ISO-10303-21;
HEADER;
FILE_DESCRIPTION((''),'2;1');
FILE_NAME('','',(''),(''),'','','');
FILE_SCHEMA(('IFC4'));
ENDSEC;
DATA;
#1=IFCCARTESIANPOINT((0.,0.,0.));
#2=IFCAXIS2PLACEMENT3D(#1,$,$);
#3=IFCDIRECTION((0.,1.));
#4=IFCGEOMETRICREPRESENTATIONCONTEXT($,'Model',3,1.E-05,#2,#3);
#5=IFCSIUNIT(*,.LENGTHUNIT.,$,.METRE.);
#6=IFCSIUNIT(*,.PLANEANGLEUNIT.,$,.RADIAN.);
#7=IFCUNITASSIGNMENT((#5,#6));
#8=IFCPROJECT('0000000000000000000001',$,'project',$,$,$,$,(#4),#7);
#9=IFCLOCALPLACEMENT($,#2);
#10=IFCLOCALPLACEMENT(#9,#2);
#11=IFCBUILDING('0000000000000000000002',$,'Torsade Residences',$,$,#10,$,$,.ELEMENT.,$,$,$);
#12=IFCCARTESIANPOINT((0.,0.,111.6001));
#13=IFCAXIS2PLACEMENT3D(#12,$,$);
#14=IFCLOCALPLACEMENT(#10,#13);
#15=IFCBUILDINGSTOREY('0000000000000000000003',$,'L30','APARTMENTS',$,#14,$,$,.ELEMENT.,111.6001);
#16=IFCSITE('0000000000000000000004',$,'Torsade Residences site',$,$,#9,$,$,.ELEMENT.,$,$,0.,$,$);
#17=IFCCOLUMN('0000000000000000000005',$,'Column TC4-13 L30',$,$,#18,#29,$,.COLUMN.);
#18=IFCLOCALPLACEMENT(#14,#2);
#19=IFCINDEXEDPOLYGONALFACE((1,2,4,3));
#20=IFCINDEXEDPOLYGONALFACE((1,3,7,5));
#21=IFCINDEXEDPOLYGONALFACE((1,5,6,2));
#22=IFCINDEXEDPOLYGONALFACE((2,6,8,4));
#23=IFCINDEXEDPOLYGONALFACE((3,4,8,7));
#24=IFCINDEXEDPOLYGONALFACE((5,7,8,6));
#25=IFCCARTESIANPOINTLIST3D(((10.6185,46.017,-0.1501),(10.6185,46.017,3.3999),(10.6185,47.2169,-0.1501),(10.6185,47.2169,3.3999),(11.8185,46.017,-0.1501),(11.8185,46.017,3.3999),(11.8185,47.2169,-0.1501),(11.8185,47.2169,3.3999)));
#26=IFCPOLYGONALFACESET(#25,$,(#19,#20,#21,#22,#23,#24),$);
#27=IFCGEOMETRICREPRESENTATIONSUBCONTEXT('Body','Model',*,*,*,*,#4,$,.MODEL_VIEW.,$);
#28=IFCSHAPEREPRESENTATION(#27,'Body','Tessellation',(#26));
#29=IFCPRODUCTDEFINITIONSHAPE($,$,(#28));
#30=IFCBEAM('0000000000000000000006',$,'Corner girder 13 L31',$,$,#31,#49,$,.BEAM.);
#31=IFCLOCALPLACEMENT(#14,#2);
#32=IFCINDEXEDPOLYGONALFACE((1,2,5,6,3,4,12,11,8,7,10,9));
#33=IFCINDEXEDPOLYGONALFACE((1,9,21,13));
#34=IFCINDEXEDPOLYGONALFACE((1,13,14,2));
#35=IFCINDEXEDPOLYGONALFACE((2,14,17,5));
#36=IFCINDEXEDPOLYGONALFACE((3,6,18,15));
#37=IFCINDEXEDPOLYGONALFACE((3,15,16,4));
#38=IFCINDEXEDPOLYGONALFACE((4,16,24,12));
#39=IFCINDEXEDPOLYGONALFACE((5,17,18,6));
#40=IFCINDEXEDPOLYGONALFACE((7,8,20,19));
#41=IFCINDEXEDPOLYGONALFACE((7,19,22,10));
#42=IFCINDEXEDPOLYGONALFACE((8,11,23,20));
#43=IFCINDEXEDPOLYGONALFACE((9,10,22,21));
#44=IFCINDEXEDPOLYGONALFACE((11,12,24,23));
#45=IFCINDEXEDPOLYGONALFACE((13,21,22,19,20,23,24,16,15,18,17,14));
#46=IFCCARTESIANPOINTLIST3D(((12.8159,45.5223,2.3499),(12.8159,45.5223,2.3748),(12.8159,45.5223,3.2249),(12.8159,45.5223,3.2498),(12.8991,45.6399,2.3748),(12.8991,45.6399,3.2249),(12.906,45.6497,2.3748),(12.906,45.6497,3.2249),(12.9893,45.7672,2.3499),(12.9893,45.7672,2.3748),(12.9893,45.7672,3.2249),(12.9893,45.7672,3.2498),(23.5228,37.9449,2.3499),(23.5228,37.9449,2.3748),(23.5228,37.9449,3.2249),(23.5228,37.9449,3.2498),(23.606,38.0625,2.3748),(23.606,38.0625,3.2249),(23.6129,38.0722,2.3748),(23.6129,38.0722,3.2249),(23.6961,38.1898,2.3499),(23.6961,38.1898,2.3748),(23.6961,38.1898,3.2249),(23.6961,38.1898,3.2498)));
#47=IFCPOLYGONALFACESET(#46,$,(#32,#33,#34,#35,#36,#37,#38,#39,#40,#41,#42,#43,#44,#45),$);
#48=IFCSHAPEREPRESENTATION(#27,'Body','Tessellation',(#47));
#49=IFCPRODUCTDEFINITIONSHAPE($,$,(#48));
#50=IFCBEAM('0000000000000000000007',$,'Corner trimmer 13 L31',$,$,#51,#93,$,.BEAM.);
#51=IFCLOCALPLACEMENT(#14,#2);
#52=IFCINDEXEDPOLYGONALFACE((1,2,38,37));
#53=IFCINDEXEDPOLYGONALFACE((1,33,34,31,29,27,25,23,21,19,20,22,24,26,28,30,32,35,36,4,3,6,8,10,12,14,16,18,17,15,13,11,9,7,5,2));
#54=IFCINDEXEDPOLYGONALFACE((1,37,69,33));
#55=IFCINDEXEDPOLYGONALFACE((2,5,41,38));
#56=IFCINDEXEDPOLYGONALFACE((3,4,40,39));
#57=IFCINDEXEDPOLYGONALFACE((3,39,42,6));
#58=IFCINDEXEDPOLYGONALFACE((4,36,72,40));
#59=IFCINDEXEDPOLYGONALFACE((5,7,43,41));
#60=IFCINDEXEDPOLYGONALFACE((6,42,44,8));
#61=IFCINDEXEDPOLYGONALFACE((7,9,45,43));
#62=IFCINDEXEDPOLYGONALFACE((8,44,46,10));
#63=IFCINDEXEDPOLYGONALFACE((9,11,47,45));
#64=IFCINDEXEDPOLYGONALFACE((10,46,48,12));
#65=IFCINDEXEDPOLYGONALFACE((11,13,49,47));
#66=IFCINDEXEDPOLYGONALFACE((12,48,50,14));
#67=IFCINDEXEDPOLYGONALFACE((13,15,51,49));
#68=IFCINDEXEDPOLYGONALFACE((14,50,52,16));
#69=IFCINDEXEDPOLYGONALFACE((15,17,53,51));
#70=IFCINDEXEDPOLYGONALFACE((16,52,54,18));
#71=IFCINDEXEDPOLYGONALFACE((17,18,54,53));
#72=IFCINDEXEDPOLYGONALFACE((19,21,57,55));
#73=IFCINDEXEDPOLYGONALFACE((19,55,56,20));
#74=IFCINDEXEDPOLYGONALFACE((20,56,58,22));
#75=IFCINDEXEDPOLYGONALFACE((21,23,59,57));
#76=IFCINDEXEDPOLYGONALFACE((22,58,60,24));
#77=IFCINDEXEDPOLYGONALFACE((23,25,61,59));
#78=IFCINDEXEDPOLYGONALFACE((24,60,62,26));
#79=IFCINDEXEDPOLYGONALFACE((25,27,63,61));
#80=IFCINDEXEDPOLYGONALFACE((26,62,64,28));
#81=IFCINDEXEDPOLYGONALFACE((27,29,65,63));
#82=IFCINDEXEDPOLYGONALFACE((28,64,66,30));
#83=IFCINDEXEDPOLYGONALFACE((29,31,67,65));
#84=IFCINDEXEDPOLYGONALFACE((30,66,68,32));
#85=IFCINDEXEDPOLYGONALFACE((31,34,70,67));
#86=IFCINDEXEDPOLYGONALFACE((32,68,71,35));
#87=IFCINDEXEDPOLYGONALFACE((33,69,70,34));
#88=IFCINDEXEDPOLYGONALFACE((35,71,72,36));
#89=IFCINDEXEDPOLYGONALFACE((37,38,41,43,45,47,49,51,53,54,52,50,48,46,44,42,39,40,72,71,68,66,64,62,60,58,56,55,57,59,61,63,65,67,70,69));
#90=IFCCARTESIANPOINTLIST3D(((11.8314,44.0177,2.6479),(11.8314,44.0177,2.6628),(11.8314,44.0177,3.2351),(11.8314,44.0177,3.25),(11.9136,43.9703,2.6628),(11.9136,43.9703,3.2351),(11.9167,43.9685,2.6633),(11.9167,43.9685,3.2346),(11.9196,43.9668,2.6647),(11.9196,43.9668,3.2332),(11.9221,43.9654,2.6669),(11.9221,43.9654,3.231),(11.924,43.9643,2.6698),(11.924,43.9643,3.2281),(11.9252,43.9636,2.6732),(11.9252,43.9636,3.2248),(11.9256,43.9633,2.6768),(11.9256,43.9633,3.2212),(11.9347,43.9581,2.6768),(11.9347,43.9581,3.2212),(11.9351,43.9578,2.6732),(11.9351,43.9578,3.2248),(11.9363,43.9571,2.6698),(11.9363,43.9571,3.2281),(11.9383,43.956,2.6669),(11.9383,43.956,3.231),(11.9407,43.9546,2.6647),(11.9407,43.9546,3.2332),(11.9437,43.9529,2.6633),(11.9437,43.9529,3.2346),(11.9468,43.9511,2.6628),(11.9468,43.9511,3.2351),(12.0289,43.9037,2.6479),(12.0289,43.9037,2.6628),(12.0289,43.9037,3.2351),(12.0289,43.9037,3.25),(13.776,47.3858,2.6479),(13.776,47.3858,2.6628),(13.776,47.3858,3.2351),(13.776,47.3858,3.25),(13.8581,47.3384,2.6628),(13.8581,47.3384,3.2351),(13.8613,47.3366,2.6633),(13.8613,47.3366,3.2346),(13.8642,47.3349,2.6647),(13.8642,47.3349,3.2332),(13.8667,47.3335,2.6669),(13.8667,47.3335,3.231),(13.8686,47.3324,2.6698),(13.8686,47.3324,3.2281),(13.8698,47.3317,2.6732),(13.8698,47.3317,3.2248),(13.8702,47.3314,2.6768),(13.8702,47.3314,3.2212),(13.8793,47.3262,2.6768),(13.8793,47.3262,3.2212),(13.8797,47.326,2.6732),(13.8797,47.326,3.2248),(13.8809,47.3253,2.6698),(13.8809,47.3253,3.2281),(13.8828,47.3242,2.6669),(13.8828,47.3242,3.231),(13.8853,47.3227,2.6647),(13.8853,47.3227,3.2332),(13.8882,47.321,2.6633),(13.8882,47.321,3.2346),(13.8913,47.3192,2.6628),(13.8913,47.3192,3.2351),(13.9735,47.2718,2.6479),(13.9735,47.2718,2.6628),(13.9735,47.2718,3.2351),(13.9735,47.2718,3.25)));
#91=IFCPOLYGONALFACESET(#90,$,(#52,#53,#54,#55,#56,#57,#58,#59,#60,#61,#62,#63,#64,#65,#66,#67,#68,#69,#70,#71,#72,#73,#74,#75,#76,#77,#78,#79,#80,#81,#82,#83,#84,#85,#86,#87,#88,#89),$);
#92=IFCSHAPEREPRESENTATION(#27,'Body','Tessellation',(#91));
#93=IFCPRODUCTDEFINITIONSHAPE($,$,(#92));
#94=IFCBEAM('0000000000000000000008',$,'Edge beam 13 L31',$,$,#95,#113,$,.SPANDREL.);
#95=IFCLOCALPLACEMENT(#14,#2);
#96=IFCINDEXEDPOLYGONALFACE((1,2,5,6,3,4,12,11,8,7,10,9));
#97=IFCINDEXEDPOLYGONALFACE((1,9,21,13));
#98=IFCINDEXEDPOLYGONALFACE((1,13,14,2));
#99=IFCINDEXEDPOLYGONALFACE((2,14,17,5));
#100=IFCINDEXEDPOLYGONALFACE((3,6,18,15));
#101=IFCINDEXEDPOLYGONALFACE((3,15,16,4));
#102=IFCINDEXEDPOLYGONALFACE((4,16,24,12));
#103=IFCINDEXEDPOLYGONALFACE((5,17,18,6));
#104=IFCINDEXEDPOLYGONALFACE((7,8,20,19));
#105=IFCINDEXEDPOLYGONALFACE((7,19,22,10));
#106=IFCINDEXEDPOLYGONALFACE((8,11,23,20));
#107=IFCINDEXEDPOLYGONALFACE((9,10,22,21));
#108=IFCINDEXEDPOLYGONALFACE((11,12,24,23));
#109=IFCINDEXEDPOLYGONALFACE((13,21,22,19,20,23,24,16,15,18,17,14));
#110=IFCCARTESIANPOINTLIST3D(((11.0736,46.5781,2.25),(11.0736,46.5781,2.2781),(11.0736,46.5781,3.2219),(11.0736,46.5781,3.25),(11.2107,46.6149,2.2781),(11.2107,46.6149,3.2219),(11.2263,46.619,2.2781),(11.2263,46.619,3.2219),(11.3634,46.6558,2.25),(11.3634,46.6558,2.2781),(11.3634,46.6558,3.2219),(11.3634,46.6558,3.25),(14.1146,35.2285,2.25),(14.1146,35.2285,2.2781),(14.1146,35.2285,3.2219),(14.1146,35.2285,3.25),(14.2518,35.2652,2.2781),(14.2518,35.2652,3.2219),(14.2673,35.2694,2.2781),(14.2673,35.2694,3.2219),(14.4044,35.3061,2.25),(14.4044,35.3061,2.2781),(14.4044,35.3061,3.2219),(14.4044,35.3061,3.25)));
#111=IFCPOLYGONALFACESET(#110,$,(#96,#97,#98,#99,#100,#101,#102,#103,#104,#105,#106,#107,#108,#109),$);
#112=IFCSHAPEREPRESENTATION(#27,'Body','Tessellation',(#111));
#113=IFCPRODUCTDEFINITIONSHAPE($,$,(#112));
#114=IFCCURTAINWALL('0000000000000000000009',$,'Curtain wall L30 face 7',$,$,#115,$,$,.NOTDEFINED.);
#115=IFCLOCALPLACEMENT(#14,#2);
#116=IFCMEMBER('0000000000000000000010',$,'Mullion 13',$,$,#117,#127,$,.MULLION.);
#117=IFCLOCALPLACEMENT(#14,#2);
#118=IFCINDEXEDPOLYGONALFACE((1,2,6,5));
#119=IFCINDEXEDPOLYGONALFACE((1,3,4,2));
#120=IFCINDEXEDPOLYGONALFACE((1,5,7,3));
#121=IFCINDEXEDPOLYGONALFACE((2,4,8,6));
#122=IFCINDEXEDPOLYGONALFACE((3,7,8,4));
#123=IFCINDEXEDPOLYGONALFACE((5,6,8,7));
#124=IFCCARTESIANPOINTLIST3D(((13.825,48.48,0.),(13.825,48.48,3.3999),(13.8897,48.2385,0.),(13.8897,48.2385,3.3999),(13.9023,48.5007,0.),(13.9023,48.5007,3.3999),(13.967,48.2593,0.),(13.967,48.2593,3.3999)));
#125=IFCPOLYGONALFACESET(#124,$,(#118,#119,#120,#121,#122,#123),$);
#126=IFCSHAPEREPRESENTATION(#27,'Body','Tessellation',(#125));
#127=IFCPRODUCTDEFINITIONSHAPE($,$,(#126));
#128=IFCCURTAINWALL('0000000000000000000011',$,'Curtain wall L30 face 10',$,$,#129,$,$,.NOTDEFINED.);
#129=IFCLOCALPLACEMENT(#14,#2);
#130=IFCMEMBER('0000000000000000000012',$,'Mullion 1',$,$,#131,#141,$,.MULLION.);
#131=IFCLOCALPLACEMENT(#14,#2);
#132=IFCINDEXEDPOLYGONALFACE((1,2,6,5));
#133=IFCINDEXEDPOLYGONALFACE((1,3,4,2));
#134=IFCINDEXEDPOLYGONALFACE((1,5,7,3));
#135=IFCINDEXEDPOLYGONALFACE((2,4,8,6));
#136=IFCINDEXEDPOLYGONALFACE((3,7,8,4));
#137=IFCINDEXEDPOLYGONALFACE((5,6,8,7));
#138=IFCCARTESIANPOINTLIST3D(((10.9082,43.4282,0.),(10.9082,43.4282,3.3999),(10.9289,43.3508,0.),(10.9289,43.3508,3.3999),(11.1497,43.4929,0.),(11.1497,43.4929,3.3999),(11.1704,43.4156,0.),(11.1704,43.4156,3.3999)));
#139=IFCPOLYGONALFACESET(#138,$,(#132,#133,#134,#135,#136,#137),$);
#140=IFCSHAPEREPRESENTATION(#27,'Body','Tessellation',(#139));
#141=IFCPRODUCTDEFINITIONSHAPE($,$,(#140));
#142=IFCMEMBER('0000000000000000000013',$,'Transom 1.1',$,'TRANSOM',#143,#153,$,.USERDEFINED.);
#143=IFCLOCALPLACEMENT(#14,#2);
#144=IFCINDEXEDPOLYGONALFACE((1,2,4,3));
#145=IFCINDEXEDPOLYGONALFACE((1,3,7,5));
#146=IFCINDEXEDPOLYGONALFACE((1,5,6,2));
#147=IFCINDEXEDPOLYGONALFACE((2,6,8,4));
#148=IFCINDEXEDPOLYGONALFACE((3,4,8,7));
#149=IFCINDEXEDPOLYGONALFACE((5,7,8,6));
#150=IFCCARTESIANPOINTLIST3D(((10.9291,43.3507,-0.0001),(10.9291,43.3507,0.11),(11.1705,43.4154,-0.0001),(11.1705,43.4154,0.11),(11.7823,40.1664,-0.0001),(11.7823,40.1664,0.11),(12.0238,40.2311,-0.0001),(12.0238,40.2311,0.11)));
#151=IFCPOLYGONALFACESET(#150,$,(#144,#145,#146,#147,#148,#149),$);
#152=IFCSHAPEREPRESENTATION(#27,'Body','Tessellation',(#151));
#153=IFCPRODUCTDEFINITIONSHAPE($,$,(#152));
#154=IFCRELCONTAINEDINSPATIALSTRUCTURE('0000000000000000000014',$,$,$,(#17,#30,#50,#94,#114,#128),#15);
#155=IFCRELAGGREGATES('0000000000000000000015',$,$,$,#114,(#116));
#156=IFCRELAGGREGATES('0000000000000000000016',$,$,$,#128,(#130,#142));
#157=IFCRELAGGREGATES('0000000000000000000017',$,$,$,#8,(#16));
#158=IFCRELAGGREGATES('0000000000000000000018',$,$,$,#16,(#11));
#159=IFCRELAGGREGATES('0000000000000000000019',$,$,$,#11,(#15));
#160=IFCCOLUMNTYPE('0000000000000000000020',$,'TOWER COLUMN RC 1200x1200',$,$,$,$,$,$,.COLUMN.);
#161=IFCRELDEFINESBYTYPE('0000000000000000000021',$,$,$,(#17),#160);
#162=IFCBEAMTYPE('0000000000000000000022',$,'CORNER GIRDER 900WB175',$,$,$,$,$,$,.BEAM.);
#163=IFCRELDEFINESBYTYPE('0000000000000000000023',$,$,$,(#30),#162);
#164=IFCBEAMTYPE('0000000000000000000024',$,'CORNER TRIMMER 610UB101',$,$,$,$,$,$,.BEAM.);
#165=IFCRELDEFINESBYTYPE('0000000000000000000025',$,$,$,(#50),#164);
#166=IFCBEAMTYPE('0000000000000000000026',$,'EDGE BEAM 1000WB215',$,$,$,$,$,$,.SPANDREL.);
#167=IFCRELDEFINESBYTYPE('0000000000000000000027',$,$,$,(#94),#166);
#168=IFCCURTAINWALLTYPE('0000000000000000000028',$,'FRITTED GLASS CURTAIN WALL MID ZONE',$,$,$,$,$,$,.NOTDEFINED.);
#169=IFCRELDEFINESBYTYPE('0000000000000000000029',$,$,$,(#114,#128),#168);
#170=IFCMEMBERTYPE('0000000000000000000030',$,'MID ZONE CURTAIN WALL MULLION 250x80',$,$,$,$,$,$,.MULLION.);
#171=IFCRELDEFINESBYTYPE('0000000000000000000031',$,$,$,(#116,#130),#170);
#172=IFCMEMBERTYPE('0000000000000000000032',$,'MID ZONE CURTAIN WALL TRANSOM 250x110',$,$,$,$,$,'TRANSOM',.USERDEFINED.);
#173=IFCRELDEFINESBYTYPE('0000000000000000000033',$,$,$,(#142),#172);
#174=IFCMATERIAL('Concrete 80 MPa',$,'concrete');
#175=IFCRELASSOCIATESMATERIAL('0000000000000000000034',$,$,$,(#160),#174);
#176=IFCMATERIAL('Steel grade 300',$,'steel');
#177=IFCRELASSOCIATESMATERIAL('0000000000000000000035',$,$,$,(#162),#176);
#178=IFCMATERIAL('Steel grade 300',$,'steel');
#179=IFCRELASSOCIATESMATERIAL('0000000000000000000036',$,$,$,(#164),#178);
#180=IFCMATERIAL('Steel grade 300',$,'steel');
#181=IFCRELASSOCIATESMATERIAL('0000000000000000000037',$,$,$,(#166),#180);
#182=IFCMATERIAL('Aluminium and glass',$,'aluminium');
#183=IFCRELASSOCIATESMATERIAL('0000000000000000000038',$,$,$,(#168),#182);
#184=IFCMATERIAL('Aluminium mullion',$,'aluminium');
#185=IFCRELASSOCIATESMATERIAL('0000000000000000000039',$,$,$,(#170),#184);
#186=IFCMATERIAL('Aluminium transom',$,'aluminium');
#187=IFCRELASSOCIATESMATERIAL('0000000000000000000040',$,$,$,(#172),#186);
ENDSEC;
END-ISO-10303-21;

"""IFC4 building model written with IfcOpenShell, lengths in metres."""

from ifc_helpers import new_model, si_unit, direction, frame, origin, origin_2d, place, context, subcontext, project, spatial, rectangle, i_section, extrude, material, material_profile, profile_set, type_object, element, aggregate, save


model = new_model("IFC4")

# Units and contexts
model_context = context("Model", 3, precision=1e-05, world=origin(), true_north=direction((0.0, 1.0)))
body_context = subcontext(model_context, "Body", "Model", "MODEL_VIEW")
ifc_project = project(units=[si_unit("LENGTHUNIT", "METRE"), si_unit("PLANEANGLEUNIT", "RADIAN")], contexts=[model_context])

# Site, building, storey
site_placement = place(None, origin())
site = spatial("IfcSite", under=ifc_project, at=site_placement, Name="Torsade Residences site", CompositionType="ELEMENT", RefElevation=0.0)
building_placement = place(site_placement, origin())
building = spatial("IfcBuilding", under=site, at=building_placement, Name="Torsade Residences", CompositionType="ELEMENT")
storey_placement = place(building_placement, frame((0.0, 0.0, 111.6001)))
storey = spatial("IfcBuildingStorey", under=building, at=storey_placement, Name="L30", Description="APARTMENTS", CompositionType="ELEMENT", Elevation=111.6001)

# Column
ifc_material_1 = material(Name="Concrete 80 MPa", Category="concrete")
ifc_material_profile_1 = material_profile(ifc_material_1, rectangle(XDim=1.2, YDim=1.2, at=origin_2d()), Name="RC 1200x1200")
ifc_profile_set_1 = profile_set([ifc_material_profile_1], Name="Concrete 80 MPa")
column_type = type_object("IfcColumnType", Name="TOWER COLUMN RC 1200x1200", PredefinedType="COLUMN", material=ifc_profile_set_1)
column_placement = place(storey_placement, frame((11.2185, 46.6169, -0.1501), z_axis=(0.0, 0.0, 1.0), x_axis=(1.0, 0.0, 0.0)))
element("IfcColumn", 1, at=column_placement, inside=storey, type_object=column_type, Name="Column TC4-13 L30", PredefinedType="COLUMN", context=body_context, shape_type="SweptSolid", body=[
    extrude(rectangle(XDim=1.2, YDim=1.2, at=origin_2d()), origin(), (0.0, 0.0, 1.0), 3.55),
])

# Beams
ifc_material_2 = material(Name="Steel grade 300", Category="steel")
ifc_material_profile_2 = material_profile(ifc_material_2, i_section(OverallWidth=0.3, OverallDepth=0.8999, WebThickness=0.012, FlangeThickness=0.0249, at=origin_2d()), Name="900WB175")
ifc_profile_set_2 = profile_set([ifc_material_profile_2], Name="Steel grade 300")
beam_type_1 = type_object("IfcBeamType", Name="CORNER GIRDER 900WB175", PredefinedType="BEAM", material=ifc_profile_set_2)
beam_1_placement = place(storey_placement, frame((12.9026, 45.6448, 2.7998), z_axis=(0.816261, -0.577683, 0.0), x_axis=(0.577683, 0.816261, 0.0)))
element("IfcBeam", 2, at=beam_1_placement, inside=storey, type_object=beam_type_1, Name="Corner girder 13 L31", PredefinedType="BEAM", context=body_context, shape_type="SweptSolid", body=[
    extrude(i_section(OverallWidth=0.3, OverallDepth=0.8999, WebThickness=0.012, FlangeThickness=0.0249, at=origin_2d()), origin(), (0.0, 0.0, 1.0), 13.1169),
])
ifc_material_3 = material(Name="Steel grade 300", Category="steel")
ifc_material_profile_3 = material_profile(ifc_material_3, i_section(OverallWidth=0.228, OverallDepth=0.6021, WebThickness=0.0105, FlangeThickness=0.0149, FilletRadius=0.0139, at=origin_2d()), Name="610UB101")
ifc_profile_set_3 = profile_set([ifc_material_profile_3], Name="Steel grade 300")
beam_type_2 = type_object("IfcBeamType", Name="CORNER TRIMMER 610UB101", PredefinedType="BEAM", material=ifc_profile_set_3)
beam_2_placement = place(storey_placement, frame((11.9302, 43.9607, 2.949), z_axis=(0.499994, 0.866029, 0.0), x_axis=(-0.866029, 0.499994, 0.0)))
element("IfcBeam", 3, at=beam_2_placement, inside=storey, type_object=beam_type_2, Name="Corner trimmer 13 L31", PredefinedType="BEAM", context=body_context, shape_type="SweptSolid", body=[
    extrude(i_section(OverallWidth=0.228, OverallDepth=0.6021, WebThickness=0.0105, FlangeThickness=0.0149, FilletRadius=0.0139, at=origin_2d()), origin(), (0.0, 0.0, 1.0), 3.8892),
])
ifc_material_4 = material(Name="Steel grade 300", Category="steel")
ifc_material_profile_4 = material_profile(ifc_material_4, i_section(OverallWidth=0.3, OverallDepth=1.0, WebThickness=0.0161, FlangeThickness=0.0281, at=origin_2d()), Name="1000WB215")
ifc_profile_set_4 = profile_set([ifc_material_profile_4], Name="Steel grade 300")
beam_type_3 = type_object("IfcBeamType", Name="EDGE BEAM 1000WB215", PredefinedType="SPANDREL", material=ifc_profile_set_4)
beam_3_placement = place(storey_placement, frame((11.2185, 46.6169, 2.75), z_axis=(0.258811, -0.965928, 0.0), x_axis=(0.965928, 0.258811, 0.0)))
element("IfcBeam", 4, at=beam_3_placement, inside=storey, type_object=beam_type_3, Name="Edge beam 13 L31", PredefinedType="SPANDREL", context=body_context, shape_type="SweptSolid", body=[
    extrude(i_section(OverallWidth=0.3, OverallDepth=1.0, WebThickness=0.0161, FlangeThickness=0.0281, at=origin_2d()), origin(), (0.0, 0.0, 1.0), 11.75),
])

# Curtain wall, member
ifc_material_5 = material(Name="Aluminium and glass", Category="aluminium")
curtain_wall_type = type_object("IfcCurtainWallType", Name="FRITTED GLASS CURTAIN WALL MID ZONE", PredefinedType="NOTDEFINED", material=ifc_material_5)
curtain_wall_1_placement = place(storey_placement, origin())
curtain_wall_1 = element("IfcCurtainWall", 5, at=curtain_wall_1_placement, inside=storey, type_object=curtain_wall_type, Name="Curtain wall L30 face 7", PredefinedType="NOTDEFINED")
ifc_material_6 = material(Name="Aluminium mullion", Category="aluminium")
ifc_material_profile_5 = material_profile(ifc_material_6, rectangle(XDim=0.25, YDim=0.0801, at=origin_2d()), Name="MID ZONE CURTAIN WALL MULLION 250x80")
ifc_profile_set_5 = profile_set([ifc_material_profile_5], Name="Aluminium mullion")
member_type_1 = type_object("IfcMemberType", Name="MID ZONE CURTAIN WALL MULLION 250x80", PredefinedType="MULLION", material=ifc_profile_set_5)
member_1_placement = place(storey_placement, frame((13.896, 48.3696, 0.0), z_axis=(0.0, 0.0, 1.0), x_axis=(0.258819, -0.965926, 0.0)))
member_1 = element("IfcMember", 6, at=member_1_placement, type_object=member_type_1, Name="Mullion 13", PredefinedType="MULLION", context=body_context, shape_type="SweptSolid", body=[
    extrude(rectangle(XDim=0.25, YDim=0.0801, at=origin_2d()), origin(), (0.0, 0.0, 1.0), 3.3999),
])
aggregate(curtain_wall_1, [member_1])

# Curtain wall, members
curtain_wall_2_placement = place(storey_placement, origin())
curtain_wall_2 = element("IfcCurtainWall", 7, at=curtain_wall_2_placement, inside=storey, type_object=curtain_wall_type, Name="Curtain wall L30 face 10", PredefinedType="NOTDEFINED")
member_2_placement = place(storey_placement, frame((11.0393, 43.4219, 0.0), z_axis=(0.0, 0.0, 1.0), x_axis=(0.965926, 0.258819, 0.0)))
member_2 = element("IfcMember", 8, at=member_2_placement, type_object=member_type_1, Name="Mullion 1", PredefinedType="MULLION", context=body_context, shape_type="SweptSolid", body=[
    extrude(rectangle(XDim=0.25, YDim=0.0801, at=origin_2d()), origin(), (0.0, 0.0, 1.0), 3.3999),
])
ifc_material_7 = material(Name="Aluminium transom", Category="aluminium")
ifc_material_profile_6 = material_profile(ifc_material_7, rectangle(XDim=0.25, YDim=0.1101, at=origin_2d()), Name="MID ZONE CURTAIN WALL TRANSOM 250x110")
ifc_profile_set_6 = profile_set([ifc_material_profile_6], Name="Aluminium transom")
member_type_2 = type_object("IfcMemberType", Name="MID ZONE CURTAIN WALL TRANSOM 250x110", ElementType="TRANSOM", PredefinedType="USERDEFINED", material=ifc_profile_set_6)
member_3_placement = place(storey_placement, frame((11.0498, 43.3831, 0.0549), z_axis=(0.258829, -0.965923, 0.0), x_axis=(0.965923, 0.258829, 0.0)))
member_3 = element("IfcMember", 9, at=member_3_placement, type_object=member_type_2, Name="Transom 1.1", ObjectType="TRANSOM", PredefinedType="USERDEFINED", context=body_context, shape_type="SweptSolid", body=[
    extrude(rectangle(XDim=0.25, YDim=0.1101, at=origin_2d()), origin(), (0.0, 0.0, 1.0), 3.2966),
])
aggregate(curtain_wall_2, [member_2, member_3])

save(model, "model.ifc")
